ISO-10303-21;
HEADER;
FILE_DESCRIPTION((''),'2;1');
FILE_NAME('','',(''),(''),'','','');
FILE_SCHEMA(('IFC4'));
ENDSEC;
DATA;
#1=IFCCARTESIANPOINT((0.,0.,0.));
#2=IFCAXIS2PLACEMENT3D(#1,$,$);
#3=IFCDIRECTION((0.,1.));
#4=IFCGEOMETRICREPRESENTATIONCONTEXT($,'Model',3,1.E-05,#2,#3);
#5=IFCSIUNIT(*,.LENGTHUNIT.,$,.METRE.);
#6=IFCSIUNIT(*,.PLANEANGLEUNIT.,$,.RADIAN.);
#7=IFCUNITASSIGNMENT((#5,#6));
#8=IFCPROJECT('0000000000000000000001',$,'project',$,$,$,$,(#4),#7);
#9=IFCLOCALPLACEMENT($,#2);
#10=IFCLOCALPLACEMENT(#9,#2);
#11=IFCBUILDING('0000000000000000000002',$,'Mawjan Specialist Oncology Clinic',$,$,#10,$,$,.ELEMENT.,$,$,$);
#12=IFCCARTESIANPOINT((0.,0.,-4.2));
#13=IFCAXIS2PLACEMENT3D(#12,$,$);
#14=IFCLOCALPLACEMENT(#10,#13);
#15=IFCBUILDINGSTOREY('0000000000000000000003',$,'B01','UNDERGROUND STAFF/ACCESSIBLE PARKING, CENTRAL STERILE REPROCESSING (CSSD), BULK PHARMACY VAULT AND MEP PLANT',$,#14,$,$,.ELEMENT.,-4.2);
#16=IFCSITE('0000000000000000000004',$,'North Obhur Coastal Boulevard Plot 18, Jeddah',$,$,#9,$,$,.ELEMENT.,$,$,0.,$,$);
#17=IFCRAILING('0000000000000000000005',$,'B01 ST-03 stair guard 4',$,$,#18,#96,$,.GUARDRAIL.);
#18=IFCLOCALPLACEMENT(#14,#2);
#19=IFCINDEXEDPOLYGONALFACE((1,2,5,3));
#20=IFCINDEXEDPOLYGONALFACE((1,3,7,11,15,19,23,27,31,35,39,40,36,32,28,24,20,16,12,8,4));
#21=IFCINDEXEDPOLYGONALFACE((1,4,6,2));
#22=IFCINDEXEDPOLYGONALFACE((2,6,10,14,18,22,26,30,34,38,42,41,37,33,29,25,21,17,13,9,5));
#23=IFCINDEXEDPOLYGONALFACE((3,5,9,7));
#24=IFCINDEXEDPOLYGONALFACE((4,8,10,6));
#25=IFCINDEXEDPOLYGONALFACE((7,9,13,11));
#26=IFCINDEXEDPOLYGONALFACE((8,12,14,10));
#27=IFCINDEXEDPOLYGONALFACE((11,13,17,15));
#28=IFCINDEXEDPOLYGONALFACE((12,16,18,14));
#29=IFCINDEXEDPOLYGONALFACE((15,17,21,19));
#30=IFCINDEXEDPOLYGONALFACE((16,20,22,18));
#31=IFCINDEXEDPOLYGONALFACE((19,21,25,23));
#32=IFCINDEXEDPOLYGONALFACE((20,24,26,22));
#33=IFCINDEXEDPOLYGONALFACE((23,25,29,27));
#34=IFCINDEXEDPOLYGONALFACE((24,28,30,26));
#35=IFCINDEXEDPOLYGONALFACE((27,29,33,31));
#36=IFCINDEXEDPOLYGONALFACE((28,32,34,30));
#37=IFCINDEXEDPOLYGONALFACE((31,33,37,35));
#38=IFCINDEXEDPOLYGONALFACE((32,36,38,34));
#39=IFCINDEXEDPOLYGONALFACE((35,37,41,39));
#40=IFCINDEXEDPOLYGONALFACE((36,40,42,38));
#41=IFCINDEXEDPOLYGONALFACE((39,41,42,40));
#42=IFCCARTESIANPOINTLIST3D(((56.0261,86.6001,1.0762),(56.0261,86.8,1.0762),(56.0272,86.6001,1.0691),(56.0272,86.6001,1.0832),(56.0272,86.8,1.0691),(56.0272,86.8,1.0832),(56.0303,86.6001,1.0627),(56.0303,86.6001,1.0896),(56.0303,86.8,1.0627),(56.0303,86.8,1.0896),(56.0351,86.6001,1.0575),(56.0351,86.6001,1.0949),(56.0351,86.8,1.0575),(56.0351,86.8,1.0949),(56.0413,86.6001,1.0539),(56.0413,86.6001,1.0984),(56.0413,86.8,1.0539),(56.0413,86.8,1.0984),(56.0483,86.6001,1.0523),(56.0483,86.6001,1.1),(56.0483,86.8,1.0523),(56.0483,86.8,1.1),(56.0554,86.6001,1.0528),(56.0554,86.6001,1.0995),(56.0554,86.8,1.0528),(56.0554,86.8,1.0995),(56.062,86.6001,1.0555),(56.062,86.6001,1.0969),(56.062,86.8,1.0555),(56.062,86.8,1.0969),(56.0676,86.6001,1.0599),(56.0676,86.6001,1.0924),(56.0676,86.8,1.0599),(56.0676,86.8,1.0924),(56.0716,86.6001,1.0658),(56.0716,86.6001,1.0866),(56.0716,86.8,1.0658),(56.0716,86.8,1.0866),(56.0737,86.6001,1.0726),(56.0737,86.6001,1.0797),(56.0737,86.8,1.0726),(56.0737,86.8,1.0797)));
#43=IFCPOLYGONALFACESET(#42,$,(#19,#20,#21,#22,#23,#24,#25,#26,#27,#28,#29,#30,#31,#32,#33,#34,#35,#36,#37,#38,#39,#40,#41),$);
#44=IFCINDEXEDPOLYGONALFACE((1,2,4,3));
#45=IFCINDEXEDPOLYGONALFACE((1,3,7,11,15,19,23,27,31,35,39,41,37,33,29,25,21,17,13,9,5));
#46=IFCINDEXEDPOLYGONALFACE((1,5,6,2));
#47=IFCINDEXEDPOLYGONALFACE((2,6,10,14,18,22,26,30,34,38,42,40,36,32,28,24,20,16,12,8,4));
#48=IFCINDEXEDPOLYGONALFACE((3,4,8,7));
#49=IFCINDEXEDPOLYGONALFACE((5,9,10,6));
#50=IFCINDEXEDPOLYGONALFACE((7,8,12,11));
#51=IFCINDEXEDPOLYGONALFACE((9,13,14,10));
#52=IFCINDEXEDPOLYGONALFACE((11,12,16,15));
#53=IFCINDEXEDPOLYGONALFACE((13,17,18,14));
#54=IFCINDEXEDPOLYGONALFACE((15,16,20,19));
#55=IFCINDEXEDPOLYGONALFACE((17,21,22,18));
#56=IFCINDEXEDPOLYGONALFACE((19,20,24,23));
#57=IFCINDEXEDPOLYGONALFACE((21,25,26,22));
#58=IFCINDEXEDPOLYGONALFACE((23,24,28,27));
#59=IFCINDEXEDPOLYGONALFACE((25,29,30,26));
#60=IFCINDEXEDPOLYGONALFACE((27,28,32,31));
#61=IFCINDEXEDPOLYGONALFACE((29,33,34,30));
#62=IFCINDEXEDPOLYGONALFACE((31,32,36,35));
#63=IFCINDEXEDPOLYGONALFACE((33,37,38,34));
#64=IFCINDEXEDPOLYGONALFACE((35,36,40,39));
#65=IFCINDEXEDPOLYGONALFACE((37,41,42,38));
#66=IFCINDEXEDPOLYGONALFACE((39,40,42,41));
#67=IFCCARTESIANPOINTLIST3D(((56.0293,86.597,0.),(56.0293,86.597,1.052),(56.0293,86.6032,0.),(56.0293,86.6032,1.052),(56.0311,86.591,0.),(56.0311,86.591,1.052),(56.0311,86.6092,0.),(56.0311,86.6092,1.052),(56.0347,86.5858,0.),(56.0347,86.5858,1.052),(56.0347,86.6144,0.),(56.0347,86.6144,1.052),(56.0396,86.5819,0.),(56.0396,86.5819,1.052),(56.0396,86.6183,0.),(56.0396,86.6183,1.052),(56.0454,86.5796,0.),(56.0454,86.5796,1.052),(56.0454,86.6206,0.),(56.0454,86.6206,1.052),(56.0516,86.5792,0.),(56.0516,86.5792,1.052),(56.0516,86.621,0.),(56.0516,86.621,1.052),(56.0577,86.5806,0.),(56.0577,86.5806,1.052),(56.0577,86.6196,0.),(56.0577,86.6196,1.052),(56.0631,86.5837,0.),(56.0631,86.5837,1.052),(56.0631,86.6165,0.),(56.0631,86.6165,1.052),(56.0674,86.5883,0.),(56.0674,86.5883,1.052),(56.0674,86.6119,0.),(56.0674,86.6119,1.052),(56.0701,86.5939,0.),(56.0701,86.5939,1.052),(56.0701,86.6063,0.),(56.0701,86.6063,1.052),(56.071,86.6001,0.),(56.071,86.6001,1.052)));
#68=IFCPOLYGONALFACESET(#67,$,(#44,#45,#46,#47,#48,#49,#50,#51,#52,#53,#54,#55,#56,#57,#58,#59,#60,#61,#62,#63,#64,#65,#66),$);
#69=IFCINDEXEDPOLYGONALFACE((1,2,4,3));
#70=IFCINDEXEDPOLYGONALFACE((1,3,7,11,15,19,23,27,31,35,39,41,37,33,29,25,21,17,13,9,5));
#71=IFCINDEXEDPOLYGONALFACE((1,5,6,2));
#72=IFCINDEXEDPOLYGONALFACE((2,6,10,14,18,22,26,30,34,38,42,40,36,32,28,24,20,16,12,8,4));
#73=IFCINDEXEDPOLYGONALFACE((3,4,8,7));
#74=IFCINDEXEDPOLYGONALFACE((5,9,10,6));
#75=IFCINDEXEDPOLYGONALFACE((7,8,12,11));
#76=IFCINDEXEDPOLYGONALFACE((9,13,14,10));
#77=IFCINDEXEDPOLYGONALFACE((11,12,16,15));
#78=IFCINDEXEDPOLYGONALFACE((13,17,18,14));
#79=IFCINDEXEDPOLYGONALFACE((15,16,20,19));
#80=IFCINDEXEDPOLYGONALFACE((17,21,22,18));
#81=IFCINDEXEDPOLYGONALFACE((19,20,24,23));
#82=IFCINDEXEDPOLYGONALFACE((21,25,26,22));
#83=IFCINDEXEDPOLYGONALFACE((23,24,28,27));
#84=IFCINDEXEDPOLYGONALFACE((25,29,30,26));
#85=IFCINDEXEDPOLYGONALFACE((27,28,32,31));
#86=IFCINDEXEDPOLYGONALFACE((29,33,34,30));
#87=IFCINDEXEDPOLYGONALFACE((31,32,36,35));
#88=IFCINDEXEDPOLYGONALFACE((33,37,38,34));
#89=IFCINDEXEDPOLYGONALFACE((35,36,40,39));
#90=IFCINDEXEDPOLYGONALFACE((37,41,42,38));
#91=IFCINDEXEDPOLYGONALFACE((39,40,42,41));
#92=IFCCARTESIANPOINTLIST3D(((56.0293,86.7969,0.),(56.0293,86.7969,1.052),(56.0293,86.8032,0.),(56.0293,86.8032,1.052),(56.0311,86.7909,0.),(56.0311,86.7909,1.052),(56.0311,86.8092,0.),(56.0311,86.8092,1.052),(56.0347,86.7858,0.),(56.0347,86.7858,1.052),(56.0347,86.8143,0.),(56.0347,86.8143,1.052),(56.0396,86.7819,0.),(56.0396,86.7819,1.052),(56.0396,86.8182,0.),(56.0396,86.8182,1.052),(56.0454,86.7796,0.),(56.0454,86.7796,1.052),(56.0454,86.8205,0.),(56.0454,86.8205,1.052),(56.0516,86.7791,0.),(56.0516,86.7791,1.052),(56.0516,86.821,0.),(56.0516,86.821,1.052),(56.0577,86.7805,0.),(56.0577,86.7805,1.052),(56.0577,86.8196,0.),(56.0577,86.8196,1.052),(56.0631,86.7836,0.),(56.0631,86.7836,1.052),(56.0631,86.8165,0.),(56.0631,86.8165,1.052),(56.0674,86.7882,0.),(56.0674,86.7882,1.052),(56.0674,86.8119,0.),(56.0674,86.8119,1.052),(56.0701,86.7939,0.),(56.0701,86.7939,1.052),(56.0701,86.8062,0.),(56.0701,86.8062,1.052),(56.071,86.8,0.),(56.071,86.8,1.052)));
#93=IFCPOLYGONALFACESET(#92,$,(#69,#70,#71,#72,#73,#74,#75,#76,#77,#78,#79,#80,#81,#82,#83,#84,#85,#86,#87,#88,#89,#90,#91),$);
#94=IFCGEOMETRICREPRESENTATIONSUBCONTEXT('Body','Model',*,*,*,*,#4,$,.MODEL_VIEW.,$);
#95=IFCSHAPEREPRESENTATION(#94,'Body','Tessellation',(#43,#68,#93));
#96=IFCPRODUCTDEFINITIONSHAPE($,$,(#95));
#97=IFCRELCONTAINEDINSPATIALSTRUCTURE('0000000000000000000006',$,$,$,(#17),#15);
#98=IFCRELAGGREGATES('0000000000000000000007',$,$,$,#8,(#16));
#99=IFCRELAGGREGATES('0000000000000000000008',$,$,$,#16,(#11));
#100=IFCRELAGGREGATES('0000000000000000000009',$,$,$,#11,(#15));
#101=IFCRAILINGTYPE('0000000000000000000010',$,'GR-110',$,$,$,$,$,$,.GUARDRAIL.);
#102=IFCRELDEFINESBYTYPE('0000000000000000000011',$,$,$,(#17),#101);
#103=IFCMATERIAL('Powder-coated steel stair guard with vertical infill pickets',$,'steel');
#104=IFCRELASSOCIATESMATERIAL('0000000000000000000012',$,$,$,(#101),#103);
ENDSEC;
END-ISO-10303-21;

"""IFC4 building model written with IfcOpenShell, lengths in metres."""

from ifc_helpers import new_model, si_unit, direction, frame, origin, origin_2d, place, context, subcontext, project, spatial, circle, extrude, material, type_object, element, save


model = new_model("IFC4")

# Units and contexts
model_context = context("Model", 3, precision=1e-05, world=origin(), true_north=direction((0.0, 1.0)))
body_context = subcontext(model_context, "Body", "Model", "MODEL_VIEW")
ifc_project = project(units=[si_unit("LENGTHUNIT", "METRE"), si_unit("PLANEANGLEUNIT", "RADIAN")], contexts=[model_context])

# Site, building, storey
site_placement = place(None, origin())
site = spatial("IfcSite", under=ifc_project, at=site_placement, Name="North Obhur Coastal Boulevard Plot 18, Jeddah", CompositionType="ELEMENT", RefElevation=0.0)
building_placement = place(site_placement, origin())
building = spatial("IfcBuilding", under=site, at=building_placement, Name="Mawjan Specialist Oncology Clinic", CompositionType="ELEMENT")
storey_placement = place(building_placement, frame((0.0, 0.0, -4.2)))
storey = spatial("IfcBuildingStorey", under=building, at=storey_placement, Name="B01", Description="UNDERGROUND STAFF/ACCESSIBLE PARKING, CENTRAL STERILE REPROCESSING (CSSD), BULK PHARMACY VAULT AND MEP PLANT", CompositionType="ELEMENT", Elevation=-4.2)

# Railing
ifc_material_1 = material(Name="Powder-coated steel stair guard with vertical infill pickets", Category="steel")
railing_type_1 = type_object("IfcRailingType", Name="GR-110", PredefinedType="GUARDRAIL", material=ifc_material_1)
railing_1_placement = place(storey_placement, frame((56.05, 86.6001, 0.0)))
element("IfcRailing", 1, at=railing_1_placement, inside=storey, type_object=railing_type_1, Name="B01 ST-03 stair guard 4", PredefinedType="GUARDRAIL", context=body_context, shape_type="SweptSolid", body=[
    extrude(circle(Radius=0.0239, at=origin_2d()), frame((0.0, 0.0, 1.0762), z_axis=(0.0, 1.0, 0.0), x_axis=(-1.0, 0.0, 0.0)), (0.0, 0.0, 1.0), 0.2),
    extrude(circle(Radius=0.021, at=origin_2d()), origin(), (0.0, 0.0, 1.0), 1.052),
    extrude(circle(Radius=0.021, at=origin_2d()), frame((0.0, 0.2, 0.0)), (0.0, 0.0, 1.0), 1.052),
])

save(model, "model.ifc")
